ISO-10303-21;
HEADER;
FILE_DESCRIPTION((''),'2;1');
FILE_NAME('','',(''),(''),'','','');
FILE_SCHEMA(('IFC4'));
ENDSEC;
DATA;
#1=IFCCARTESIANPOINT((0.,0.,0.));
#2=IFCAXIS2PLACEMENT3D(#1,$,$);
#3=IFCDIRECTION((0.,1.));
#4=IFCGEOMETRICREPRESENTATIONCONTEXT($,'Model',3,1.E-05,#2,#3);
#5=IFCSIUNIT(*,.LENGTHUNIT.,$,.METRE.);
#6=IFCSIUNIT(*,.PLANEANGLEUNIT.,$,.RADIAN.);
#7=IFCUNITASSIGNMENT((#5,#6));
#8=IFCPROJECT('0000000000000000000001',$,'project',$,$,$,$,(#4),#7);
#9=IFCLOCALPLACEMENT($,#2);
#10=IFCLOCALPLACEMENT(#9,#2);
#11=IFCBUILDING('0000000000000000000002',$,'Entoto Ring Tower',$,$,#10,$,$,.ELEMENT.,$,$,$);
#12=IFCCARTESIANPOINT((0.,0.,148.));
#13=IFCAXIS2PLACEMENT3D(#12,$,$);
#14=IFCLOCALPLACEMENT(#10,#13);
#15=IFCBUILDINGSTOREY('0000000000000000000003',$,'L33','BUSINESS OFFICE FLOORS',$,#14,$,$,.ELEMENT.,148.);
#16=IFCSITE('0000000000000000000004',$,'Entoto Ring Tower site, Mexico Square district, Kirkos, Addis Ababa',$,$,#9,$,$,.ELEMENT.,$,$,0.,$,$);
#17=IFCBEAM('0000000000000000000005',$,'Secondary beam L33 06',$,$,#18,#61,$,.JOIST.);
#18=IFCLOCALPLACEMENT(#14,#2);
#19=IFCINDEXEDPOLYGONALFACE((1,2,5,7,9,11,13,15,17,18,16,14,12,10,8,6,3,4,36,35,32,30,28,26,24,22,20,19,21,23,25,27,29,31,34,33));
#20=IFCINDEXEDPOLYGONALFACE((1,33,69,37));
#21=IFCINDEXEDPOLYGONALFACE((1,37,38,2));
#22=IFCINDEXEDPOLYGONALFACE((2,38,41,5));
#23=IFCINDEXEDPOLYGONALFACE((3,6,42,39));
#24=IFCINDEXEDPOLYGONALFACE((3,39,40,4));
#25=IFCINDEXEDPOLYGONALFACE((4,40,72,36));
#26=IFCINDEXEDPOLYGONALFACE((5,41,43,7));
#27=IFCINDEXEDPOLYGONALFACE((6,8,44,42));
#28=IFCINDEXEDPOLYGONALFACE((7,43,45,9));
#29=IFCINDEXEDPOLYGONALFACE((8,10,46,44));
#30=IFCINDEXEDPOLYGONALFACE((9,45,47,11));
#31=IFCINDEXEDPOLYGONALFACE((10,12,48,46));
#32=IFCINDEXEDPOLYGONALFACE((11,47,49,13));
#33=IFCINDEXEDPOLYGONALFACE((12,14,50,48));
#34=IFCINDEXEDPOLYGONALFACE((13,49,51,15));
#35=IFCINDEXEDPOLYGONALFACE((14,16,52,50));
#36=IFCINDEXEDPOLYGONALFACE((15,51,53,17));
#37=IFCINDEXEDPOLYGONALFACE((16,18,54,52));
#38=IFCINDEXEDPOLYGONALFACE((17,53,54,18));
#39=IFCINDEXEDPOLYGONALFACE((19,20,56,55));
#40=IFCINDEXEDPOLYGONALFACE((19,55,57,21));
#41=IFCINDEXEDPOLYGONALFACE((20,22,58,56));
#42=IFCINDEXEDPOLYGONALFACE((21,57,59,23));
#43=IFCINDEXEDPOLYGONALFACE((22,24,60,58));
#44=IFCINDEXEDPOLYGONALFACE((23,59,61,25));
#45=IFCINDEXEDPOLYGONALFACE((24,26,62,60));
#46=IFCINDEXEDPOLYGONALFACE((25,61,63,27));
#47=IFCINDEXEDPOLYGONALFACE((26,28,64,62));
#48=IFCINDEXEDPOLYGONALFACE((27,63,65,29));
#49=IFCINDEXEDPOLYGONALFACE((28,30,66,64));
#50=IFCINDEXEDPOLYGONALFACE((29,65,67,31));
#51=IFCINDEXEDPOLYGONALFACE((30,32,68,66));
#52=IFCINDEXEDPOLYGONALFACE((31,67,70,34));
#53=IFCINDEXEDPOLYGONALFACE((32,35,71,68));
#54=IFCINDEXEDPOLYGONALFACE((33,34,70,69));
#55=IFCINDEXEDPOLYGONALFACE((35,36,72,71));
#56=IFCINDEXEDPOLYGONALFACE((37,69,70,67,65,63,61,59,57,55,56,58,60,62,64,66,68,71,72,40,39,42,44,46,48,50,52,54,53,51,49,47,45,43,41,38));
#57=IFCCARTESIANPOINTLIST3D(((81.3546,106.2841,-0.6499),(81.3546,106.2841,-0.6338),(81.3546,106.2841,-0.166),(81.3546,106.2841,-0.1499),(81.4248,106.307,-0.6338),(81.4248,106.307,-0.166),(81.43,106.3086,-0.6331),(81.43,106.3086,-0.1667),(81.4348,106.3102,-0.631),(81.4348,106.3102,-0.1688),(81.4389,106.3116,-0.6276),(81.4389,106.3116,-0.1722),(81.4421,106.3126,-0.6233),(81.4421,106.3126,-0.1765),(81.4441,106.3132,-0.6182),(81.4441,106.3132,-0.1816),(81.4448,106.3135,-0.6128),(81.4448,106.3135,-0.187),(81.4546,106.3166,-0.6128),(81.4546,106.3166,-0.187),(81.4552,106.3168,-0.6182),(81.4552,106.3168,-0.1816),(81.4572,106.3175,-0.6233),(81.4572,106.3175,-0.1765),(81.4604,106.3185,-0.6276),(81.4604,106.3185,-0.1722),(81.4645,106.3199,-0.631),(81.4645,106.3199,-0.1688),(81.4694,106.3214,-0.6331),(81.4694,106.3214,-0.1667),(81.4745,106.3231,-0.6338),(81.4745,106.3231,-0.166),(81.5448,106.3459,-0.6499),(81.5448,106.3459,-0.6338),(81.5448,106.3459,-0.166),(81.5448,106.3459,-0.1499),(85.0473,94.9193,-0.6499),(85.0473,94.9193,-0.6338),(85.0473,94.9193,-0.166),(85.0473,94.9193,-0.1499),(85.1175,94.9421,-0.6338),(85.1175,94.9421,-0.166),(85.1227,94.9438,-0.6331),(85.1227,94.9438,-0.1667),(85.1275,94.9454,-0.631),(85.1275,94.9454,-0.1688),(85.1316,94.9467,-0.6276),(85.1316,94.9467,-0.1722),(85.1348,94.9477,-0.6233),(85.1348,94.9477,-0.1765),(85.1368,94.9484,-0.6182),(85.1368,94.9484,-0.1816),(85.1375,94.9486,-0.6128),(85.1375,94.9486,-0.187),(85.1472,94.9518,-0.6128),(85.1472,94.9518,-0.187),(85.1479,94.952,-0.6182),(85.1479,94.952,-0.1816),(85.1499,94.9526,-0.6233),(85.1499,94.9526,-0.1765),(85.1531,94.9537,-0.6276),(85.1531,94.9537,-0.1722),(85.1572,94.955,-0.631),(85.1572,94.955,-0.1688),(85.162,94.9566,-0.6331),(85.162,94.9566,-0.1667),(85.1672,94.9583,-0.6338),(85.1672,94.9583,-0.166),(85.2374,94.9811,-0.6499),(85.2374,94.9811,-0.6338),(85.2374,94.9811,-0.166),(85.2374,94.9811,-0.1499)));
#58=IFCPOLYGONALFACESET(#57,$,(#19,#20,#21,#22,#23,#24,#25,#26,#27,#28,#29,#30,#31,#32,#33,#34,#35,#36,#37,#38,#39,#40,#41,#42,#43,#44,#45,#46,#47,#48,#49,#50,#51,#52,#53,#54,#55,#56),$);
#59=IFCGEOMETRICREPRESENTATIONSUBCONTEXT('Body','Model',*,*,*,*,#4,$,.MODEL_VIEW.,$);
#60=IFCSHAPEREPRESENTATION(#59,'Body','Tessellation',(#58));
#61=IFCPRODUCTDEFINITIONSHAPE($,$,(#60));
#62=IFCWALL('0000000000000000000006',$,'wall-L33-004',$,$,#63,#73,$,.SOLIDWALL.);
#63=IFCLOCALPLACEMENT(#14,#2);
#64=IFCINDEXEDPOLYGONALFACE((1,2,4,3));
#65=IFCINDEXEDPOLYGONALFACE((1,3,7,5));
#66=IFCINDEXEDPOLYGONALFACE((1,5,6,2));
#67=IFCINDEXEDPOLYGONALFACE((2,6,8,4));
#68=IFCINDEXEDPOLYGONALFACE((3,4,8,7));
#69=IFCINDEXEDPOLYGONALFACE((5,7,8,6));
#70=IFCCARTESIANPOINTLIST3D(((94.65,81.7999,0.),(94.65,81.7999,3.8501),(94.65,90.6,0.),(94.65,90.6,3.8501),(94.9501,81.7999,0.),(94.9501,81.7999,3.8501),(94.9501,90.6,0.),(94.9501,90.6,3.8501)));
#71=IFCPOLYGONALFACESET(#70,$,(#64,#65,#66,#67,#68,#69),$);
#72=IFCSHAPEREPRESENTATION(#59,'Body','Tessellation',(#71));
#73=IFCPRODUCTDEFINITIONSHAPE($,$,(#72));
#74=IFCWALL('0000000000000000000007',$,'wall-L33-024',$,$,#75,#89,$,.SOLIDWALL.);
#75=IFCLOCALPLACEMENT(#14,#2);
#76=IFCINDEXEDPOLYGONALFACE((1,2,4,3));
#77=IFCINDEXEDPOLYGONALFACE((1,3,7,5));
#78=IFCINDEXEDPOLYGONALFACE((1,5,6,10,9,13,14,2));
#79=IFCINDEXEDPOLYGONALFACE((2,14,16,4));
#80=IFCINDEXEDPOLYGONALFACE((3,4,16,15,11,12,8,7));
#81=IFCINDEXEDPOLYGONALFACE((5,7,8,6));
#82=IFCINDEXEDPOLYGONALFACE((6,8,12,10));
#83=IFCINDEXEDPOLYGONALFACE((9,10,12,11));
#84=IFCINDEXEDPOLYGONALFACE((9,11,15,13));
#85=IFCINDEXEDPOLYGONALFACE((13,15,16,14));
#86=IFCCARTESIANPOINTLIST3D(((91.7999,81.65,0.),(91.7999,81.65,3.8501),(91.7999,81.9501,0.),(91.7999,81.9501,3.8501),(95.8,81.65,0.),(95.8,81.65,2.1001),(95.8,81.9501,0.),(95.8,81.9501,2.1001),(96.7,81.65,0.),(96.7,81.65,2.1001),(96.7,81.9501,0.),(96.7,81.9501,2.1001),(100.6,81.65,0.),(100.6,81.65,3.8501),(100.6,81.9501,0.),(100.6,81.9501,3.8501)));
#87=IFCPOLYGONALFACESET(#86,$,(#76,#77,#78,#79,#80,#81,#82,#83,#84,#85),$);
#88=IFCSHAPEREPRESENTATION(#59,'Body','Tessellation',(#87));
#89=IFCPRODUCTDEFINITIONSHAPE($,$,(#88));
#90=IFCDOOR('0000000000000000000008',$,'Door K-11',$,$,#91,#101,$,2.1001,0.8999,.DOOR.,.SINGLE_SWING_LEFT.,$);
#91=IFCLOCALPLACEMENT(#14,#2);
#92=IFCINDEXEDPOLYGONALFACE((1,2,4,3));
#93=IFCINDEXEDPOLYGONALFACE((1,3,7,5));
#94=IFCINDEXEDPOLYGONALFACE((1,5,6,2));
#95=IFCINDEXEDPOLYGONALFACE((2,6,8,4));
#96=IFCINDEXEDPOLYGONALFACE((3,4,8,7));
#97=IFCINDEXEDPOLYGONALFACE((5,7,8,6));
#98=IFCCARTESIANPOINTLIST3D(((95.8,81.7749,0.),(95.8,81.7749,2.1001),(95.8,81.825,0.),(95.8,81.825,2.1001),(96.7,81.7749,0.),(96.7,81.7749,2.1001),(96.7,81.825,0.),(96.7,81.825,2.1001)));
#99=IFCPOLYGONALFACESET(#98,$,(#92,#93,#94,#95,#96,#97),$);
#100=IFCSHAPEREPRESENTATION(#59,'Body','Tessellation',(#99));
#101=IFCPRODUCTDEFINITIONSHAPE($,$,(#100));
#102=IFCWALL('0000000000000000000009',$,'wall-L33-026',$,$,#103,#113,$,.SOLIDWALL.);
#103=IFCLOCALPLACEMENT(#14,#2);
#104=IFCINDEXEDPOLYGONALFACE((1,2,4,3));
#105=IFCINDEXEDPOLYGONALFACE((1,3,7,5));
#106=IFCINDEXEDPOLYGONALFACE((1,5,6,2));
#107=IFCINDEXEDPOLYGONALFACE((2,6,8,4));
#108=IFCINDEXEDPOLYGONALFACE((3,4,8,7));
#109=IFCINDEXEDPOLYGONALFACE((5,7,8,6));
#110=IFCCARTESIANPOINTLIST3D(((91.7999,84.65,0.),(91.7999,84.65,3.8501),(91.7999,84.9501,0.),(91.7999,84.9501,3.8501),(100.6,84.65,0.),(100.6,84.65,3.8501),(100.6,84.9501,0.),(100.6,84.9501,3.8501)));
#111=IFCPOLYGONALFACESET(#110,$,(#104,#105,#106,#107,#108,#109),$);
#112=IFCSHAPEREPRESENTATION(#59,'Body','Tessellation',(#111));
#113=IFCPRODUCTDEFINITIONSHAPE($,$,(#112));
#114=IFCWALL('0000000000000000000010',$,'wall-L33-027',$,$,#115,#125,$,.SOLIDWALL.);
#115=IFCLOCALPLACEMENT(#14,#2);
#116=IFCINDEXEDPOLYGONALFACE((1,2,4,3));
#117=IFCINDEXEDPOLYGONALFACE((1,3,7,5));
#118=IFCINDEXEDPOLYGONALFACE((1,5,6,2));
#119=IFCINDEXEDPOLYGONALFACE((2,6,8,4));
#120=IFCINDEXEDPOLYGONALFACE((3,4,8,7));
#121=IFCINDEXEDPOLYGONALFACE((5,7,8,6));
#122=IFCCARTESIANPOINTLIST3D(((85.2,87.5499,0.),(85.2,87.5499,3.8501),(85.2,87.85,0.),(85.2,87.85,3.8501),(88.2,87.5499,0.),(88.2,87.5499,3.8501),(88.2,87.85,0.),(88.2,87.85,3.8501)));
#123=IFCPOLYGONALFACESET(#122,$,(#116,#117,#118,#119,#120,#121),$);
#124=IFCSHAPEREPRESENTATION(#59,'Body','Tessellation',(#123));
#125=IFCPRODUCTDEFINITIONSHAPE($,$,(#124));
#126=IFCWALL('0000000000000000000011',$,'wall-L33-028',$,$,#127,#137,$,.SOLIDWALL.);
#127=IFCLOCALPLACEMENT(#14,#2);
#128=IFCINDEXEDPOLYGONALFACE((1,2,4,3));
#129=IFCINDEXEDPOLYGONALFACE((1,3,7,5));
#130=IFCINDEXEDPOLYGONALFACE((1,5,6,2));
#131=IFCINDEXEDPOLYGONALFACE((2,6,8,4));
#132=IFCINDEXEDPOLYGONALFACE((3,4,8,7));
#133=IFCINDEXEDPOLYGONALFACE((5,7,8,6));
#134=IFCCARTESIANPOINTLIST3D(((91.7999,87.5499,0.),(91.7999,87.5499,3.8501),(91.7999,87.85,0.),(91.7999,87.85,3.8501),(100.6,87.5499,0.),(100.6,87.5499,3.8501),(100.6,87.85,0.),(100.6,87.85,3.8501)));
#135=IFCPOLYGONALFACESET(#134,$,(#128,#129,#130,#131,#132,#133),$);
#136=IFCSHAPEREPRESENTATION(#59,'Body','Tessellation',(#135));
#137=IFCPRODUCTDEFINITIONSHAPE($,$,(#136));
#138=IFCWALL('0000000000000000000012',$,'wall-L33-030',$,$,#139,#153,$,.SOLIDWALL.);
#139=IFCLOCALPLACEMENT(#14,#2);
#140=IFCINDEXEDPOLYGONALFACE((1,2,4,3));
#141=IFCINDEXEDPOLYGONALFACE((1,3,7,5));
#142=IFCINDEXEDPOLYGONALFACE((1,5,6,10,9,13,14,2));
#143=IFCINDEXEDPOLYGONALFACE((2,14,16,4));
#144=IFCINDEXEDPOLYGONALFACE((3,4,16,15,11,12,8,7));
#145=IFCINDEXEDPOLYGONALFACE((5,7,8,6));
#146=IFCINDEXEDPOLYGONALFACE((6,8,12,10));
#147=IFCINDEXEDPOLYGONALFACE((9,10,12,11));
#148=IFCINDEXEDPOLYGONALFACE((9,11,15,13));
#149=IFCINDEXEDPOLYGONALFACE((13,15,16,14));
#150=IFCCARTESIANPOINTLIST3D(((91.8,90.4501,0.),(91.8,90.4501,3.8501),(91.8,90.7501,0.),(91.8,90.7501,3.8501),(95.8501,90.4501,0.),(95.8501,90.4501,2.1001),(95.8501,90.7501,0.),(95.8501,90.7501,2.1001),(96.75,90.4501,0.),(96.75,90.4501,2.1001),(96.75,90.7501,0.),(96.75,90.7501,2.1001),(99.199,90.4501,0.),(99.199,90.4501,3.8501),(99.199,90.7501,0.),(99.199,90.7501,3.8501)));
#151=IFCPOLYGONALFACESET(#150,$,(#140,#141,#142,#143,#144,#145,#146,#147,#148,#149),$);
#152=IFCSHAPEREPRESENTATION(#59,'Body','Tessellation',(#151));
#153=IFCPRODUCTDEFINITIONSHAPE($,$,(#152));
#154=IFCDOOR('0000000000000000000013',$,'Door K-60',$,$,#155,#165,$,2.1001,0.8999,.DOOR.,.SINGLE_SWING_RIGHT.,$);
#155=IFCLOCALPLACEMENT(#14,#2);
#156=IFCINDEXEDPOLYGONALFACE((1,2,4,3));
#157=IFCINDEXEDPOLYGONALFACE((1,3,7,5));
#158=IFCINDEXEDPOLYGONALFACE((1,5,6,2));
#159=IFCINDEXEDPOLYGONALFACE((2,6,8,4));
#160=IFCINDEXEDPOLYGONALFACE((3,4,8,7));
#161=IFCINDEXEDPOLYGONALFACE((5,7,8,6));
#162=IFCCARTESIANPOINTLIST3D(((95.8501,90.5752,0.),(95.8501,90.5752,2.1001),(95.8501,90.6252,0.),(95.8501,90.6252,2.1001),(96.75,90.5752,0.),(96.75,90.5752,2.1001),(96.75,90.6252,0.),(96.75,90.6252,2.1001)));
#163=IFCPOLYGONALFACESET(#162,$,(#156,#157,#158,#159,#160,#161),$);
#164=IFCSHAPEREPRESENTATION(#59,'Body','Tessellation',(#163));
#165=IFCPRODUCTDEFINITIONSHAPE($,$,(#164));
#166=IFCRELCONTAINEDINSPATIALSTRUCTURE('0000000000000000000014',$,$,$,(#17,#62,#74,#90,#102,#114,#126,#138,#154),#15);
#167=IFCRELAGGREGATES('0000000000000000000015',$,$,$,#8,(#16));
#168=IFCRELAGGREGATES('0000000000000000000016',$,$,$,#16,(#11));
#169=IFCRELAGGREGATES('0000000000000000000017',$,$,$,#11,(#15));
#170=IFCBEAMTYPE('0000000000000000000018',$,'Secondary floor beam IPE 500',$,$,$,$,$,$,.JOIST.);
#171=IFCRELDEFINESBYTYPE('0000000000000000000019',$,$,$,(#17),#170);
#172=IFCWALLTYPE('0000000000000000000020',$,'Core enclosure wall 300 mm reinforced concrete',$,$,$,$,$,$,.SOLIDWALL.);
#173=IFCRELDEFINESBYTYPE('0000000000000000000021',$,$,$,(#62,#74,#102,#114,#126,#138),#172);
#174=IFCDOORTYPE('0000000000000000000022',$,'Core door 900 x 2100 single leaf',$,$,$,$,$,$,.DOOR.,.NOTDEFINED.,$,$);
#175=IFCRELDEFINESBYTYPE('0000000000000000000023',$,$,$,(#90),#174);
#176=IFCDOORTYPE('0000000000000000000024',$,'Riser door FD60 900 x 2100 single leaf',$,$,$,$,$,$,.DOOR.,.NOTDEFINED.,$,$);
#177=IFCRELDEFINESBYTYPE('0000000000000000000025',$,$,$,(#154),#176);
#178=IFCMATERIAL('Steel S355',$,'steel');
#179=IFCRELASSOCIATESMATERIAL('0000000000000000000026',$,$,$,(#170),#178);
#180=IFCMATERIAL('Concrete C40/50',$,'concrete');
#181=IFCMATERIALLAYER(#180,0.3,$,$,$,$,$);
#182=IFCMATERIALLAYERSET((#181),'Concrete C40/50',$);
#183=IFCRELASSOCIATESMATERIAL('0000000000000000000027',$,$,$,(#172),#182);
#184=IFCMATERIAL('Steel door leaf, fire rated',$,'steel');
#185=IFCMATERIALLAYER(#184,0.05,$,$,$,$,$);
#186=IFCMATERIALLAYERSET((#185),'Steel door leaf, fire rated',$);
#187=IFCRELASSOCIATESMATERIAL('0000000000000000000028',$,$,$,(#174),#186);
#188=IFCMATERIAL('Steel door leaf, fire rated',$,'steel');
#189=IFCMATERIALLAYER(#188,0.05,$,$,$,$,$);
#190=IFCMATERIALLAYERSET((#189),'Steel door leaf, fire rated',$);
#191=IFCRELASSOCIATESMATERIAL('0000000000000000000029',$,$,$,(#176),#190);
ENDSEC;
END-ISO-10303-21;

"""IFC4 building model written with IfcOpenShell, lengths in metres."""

from ifc_helpers import new_model, si_unit, direction, frame, frame_2d, origin, origin_2d, place, context, subcontext, project, spatial, rectangle, i_section, extrude, material, layer, layer_set, material_profile, profile_set, type_object, element, fill, save


model = new_model("IFC4")

# Units and contexts
model_context = context("Model", 3, precision=1e-05, world=origin(), true_north=direction((0.0, 1.0)))
body_context = subcontext(model_context, "Body", "Model", "MODEL_VIEW")
ifc_project = project(units=[si_unit("LENGTHUNIT", "METRE"), si_unit("PLANEANGLEUNIT", "RADIAN")], contexts=[model_context])

# Site, building, storey
site_placement = place(None, origin())
site = spatial("IfcSite", under=ifc_project, at=site_placement, Name="Entoto Ring Tower site, Mexico Square district, Kirkos, Addis Ababa", CompositionType="ELEMENT", RefElevation=0.0)
building_placement = place(site_placement, origin())
building = spatial("IfcBuilding", under=site, at=building_placement, Name="Entoto Ring Tower", CompositionType="ELEMENT")
storey_placement = place(building_placement, frame((0.0, 0.0, 148.0)))
storey = spatial("IfcBuildingStorey", under=building, at=storey_placement, Name="L33", Description="BUSINESS OFFICE FLOORS", CompositionType="ELEMENT", Elevation=148.0)

# Beam
ifc_material_1 = material(Name="Steel S355", Category="steel")
ifc_material_profile_1 = material_profile(ifc_material_1, i_section(OverallWidth=0.2, OverallDepth=0.5, WebThickness=0.0103, FlangeThickness=0.0161, FilletRadius=0.021, at=origin_2d()), Name="IPE 500")
ifc_profile_set_1 = profile_set([ifc_material_profile_1], Name="Steel S355")
beam_type_1 = type_object("IfcBeamType", Name="Secondary floor beam IPE 500", PredefinedType="JOIST", material=ifc_profile_set_1)
beam_1_placement = place(storey_placement, frame((85.1423, 94.9502, -0.3999), z_axis=(-0.309017, 0.951057, 0.0), x_axis=(-0.951057, -0.309017, 0.0)))
element("IfcBeam", 1, at=beam_1_placement, inside=storey, type_object=beam_type_1, Name="Secondary beam L33 06", PredefinedType="JOIST", context=body_context, shape_type="SweptSolid", body=[
    extrude(i_section(OverallWidth=0.2, OverallDepth=0.5, WebThickness=0.0103, FlangeThickness=0.0161, FilletRadius=0.021, at=origin_2d()), origin(), (0.0, 0.0, 1.0), 11.9497),
])

# Wall
ifc_material_2 = material(Name="Concrete C40/50", Category="concrete")
ifc_layer_1 = layer(ifc_material_2, 0.3)
ifc_layer_set_1 = layer_set([ifc_layer_1], Name="Concrete C40/50")
wall_type_1 = type_object("IfcWallType", Name="Core enclosure wall 300 mm reinforced concrete", PredefinedType="SOLIDWALL", material=ifc_layer_set_1)
wall_1_placement = place(storey_placement, frame((94.8, 81.8, 0.0), z_axis=(0.0, 0.0, 1.0), x_axis=(0.0, 1.0, 0.0)))
element("IfcWall", 2, at=wall_1_placement, inside=storey, type_object=wall_type_1, Name="wall-L33-004", PredefinedType="SOLIDWALL", context=body_context, shape_type="SweptSolid", body=[
    extrude(rectangle(XDim=8.8, YDim=0.3, at=frame_2d((4.3999, 0.0))), origin(), (0.0, 0.0, 1.0), 3.8501),
])

# Wall, opening, door
wall_2_placement = place(storey_placement, frame((91.8, 81.8, 0.0), z_axis=(0.0, 0.0, 1.0), x_axis=(1.0, 0.0, 0.0)))
wall_2 = element("IfcWall", 3, at=wall_2_placement, inside=storey, type_object=wall_type_1, Name="wall-L33-024", PredefinedType="SOLIDWALL", context=body_context, shape_type="SweptSolid", body=[
    extrude(rectangle(XDim=8.8, YDim=0.3, at=frame_2d((4.3999, 0.0))), origin(), (0.0, 0.0, 1.0), 3.8501),
])
opening_1_placement = place(wall_2_placement, frame((4.0, 0.0, 0.0)))
opening_1 = element("IfcOpeningElement", 4, at=opening_1_placement, cuts=wall_2, PredefinedType="OPENING", context=body_context, shape_type="SweptSolid", body=[
    extrude(rectangle(XDim=0.8999, YDim=2.1001, at=frame_2d((0.45, 1.05))), frame((0.0, 0.1602, 0.0), z_axis=(0.0, -1.0, 0.0), x_axis=(1.0, 0.0, 0.0)), (0.0, 0.0, 1.0), 0.3201),
])
ifc_material_3 = material(Name="Steel door leaf, fire rated", Category="steel")
ifc_layer_2 = layer(ifc_material_3, 0.05)
ifc_layer_set_2 = layer_set([ifc_layer_2], Name="Steel door leaf, fire rated")
door_type_1 = type_object("IfcDoorType", Name="Core door 900 x 2100 single leaf", OperationType="NOTDEFINED", PredefinedType="DOOR", material=ifc_layer_set_2)
door_1_placement = place(opening_1_placement, origin())
door_1 = element("IfcDoor", 5, at=door_1_placement, inside=storey, type_object=door_type_1, Name="Door K-11", OperationType="SINGLE_SWING_LEFT", OverallHeight=2.1001, OverallWidth=0.8999, PredefinedType="DOOR", context=body_context, shape_type="SweptSolid", body=[
    extrude(rectangle(XDim=0.8999, YDim=2.1001, at=frame_2d((0.45, 1.05))), frame((0.0, 0.0249, 0.0), z_axis=(0.0, -1.0, 0.0), x_axis=(1.0, 0.0, 0.0)), (0.0, 0.0, 1.0), 0.05),
])
fill(opening_1, door_1)

# Walls
wall_3_placement = place(storey_placement, frame((91.8, 84.8, 0.0), z_axis=(0.0, 0.0, 1.0), x_axis=(1.0, 0.0, 0.0)))
element("IfcWall", 6, at=wall_3_placement, inside=storey, type_object=wall_type_1, Name="wall-L33-026", PredefinedType="SOLIDWALL", context=body_context, shape_type="SweptSolid", body=[
    extrude(rectangle(XDim=8.8, YDim=0.3, at=frame_2d((4.3999, 0.0))), origin(), (0.0, 0.0, 1.0), 3.8501),
])
wall_4_placement = place(storey_placement, frame((85.2, 87.7, 0.0), z_axis=(0.0, 0.0, 1.0), x_axis=(1.0, 0.0, 0.0)))
element("IfcWall", 7, at=wall_4_placement, inside=storey, type_object=wall_type_1, Name="wall-L33-027", PredefinedType="SOLIDWALL", context=body_context, shape_type="SweptSolid", body=[
    extrude(rectangle(XDim=3.0, YDim=0.3, at=frame_2d((1.5, 0.0))), origin(), (0.0, 0.0, 1.0), 3.8501),
])
wall_5_placement = place(storey_placement, frame((91.8, 87.7, 0.0), z_axis=(0.0, 0.0, 1.0), x_axis=(1.0, 0.0, 0.0)))
element("IfcWall", 8, at=wall_5_placement, inside=storey, type_object=wall_type_1, Name="wall-L33-028", PredefinedType="SOLIDWALL", context=body_context, shape_type="SweptSolid", body=[
    extrude(rectangle(XDim=8.8, YDim=0.3, at=frame_2d((4.3999, 0.0))), origin(), (0.0, 0.0, 1.0), 3.8501),
])

# Wall, opening, door
wall_6_placement = place(storey_placement, frame((91.8, 90.6001, 0.0), z_axis=(0.0, 0.0, 1.0), x_axis=(1.0, 0.0, 0.0)))
wall_6 = element("IfcWall", 9, at=wall_6_placement, inside=storey, type_object=wall_type_1, Name="wall-L33-030", PredefinedType="SOLIDWALL", context=body_context, shape_type="SweptSolid", body=[
    extrude(rectangle(XDim=7.3989, YDim=0.3, at=frame_2d((3.6995, 0.0))), origin(), (0.0, 0.0, 1.0), 3.8501),
])
opening_2_placement = place(wall_6_placement, frame((4.05, 0.0, 0.0)))
opening_2 = element("IfcOpeningElement", 10, at=opening_2_placement, cuts=wall_6, PredefinedType="OPENING", context=body_context, shape_type="SweptSolid", body=[
    extrude(rectangle(XDim=0.8999, YDim=2.1001, at=frame_2d((0.45, 1.05))), frame((0.0, 0.1602, 0.0), z_axis=(0.0, -1.0, 0.0), x_axis=(1.0, 0.0, 0.0)), (0.0, 0.0, 1.0), 0.3201),
])
ifc_material_4 = material(Name="Steel door leaf, fire rated", Category="steel")
ifc_layer_3 = layer(ifc_material_4, 0.05)
ifc_layer_set_3 = layer_set([ifc_layer_3], Name="Steel door leaf, fire rated")
door_type_2 = type_object("IfcDoorType", Name="Riser door FD60 900 x 2100 single leaf", OperationType="NOTDEFINED", PredefinedType="DOOR", material=ifc_layer_set_3)
door_2_placement = place(opening_2_placement, frame((0.8999, 0.0, 0.0), z_axis=(0.0, 0.0, 1.0), x_axis=(-1.0, 0.0, 0.0)))
door_2 = element("IfcDoor", 11, at=door_2_placement, inside=storey, type_object=door_type_2, Name="Door K-60", OperationType="SINGLE_SWING_RIGHT", OverallHeight=2.1001, OverallWidth=0.8999, PredefinedType="DOOR", context=body_context, shape_type="SweptSolid", body=[
    extrude(rectangle(XDim=0.8999, YDim=2.1001, at=frame_2d((0.45, 1.05))), frame((0.0, 0.0249, 0.0), z_axis=(0.0, -1.0, 0.0), x_axis=(1.0, 0.0, 0.0)), (0.0, 0.0, 1.0), 0.05),
])
fill(opening_2, door_2)

save(model, "model.ifc")
